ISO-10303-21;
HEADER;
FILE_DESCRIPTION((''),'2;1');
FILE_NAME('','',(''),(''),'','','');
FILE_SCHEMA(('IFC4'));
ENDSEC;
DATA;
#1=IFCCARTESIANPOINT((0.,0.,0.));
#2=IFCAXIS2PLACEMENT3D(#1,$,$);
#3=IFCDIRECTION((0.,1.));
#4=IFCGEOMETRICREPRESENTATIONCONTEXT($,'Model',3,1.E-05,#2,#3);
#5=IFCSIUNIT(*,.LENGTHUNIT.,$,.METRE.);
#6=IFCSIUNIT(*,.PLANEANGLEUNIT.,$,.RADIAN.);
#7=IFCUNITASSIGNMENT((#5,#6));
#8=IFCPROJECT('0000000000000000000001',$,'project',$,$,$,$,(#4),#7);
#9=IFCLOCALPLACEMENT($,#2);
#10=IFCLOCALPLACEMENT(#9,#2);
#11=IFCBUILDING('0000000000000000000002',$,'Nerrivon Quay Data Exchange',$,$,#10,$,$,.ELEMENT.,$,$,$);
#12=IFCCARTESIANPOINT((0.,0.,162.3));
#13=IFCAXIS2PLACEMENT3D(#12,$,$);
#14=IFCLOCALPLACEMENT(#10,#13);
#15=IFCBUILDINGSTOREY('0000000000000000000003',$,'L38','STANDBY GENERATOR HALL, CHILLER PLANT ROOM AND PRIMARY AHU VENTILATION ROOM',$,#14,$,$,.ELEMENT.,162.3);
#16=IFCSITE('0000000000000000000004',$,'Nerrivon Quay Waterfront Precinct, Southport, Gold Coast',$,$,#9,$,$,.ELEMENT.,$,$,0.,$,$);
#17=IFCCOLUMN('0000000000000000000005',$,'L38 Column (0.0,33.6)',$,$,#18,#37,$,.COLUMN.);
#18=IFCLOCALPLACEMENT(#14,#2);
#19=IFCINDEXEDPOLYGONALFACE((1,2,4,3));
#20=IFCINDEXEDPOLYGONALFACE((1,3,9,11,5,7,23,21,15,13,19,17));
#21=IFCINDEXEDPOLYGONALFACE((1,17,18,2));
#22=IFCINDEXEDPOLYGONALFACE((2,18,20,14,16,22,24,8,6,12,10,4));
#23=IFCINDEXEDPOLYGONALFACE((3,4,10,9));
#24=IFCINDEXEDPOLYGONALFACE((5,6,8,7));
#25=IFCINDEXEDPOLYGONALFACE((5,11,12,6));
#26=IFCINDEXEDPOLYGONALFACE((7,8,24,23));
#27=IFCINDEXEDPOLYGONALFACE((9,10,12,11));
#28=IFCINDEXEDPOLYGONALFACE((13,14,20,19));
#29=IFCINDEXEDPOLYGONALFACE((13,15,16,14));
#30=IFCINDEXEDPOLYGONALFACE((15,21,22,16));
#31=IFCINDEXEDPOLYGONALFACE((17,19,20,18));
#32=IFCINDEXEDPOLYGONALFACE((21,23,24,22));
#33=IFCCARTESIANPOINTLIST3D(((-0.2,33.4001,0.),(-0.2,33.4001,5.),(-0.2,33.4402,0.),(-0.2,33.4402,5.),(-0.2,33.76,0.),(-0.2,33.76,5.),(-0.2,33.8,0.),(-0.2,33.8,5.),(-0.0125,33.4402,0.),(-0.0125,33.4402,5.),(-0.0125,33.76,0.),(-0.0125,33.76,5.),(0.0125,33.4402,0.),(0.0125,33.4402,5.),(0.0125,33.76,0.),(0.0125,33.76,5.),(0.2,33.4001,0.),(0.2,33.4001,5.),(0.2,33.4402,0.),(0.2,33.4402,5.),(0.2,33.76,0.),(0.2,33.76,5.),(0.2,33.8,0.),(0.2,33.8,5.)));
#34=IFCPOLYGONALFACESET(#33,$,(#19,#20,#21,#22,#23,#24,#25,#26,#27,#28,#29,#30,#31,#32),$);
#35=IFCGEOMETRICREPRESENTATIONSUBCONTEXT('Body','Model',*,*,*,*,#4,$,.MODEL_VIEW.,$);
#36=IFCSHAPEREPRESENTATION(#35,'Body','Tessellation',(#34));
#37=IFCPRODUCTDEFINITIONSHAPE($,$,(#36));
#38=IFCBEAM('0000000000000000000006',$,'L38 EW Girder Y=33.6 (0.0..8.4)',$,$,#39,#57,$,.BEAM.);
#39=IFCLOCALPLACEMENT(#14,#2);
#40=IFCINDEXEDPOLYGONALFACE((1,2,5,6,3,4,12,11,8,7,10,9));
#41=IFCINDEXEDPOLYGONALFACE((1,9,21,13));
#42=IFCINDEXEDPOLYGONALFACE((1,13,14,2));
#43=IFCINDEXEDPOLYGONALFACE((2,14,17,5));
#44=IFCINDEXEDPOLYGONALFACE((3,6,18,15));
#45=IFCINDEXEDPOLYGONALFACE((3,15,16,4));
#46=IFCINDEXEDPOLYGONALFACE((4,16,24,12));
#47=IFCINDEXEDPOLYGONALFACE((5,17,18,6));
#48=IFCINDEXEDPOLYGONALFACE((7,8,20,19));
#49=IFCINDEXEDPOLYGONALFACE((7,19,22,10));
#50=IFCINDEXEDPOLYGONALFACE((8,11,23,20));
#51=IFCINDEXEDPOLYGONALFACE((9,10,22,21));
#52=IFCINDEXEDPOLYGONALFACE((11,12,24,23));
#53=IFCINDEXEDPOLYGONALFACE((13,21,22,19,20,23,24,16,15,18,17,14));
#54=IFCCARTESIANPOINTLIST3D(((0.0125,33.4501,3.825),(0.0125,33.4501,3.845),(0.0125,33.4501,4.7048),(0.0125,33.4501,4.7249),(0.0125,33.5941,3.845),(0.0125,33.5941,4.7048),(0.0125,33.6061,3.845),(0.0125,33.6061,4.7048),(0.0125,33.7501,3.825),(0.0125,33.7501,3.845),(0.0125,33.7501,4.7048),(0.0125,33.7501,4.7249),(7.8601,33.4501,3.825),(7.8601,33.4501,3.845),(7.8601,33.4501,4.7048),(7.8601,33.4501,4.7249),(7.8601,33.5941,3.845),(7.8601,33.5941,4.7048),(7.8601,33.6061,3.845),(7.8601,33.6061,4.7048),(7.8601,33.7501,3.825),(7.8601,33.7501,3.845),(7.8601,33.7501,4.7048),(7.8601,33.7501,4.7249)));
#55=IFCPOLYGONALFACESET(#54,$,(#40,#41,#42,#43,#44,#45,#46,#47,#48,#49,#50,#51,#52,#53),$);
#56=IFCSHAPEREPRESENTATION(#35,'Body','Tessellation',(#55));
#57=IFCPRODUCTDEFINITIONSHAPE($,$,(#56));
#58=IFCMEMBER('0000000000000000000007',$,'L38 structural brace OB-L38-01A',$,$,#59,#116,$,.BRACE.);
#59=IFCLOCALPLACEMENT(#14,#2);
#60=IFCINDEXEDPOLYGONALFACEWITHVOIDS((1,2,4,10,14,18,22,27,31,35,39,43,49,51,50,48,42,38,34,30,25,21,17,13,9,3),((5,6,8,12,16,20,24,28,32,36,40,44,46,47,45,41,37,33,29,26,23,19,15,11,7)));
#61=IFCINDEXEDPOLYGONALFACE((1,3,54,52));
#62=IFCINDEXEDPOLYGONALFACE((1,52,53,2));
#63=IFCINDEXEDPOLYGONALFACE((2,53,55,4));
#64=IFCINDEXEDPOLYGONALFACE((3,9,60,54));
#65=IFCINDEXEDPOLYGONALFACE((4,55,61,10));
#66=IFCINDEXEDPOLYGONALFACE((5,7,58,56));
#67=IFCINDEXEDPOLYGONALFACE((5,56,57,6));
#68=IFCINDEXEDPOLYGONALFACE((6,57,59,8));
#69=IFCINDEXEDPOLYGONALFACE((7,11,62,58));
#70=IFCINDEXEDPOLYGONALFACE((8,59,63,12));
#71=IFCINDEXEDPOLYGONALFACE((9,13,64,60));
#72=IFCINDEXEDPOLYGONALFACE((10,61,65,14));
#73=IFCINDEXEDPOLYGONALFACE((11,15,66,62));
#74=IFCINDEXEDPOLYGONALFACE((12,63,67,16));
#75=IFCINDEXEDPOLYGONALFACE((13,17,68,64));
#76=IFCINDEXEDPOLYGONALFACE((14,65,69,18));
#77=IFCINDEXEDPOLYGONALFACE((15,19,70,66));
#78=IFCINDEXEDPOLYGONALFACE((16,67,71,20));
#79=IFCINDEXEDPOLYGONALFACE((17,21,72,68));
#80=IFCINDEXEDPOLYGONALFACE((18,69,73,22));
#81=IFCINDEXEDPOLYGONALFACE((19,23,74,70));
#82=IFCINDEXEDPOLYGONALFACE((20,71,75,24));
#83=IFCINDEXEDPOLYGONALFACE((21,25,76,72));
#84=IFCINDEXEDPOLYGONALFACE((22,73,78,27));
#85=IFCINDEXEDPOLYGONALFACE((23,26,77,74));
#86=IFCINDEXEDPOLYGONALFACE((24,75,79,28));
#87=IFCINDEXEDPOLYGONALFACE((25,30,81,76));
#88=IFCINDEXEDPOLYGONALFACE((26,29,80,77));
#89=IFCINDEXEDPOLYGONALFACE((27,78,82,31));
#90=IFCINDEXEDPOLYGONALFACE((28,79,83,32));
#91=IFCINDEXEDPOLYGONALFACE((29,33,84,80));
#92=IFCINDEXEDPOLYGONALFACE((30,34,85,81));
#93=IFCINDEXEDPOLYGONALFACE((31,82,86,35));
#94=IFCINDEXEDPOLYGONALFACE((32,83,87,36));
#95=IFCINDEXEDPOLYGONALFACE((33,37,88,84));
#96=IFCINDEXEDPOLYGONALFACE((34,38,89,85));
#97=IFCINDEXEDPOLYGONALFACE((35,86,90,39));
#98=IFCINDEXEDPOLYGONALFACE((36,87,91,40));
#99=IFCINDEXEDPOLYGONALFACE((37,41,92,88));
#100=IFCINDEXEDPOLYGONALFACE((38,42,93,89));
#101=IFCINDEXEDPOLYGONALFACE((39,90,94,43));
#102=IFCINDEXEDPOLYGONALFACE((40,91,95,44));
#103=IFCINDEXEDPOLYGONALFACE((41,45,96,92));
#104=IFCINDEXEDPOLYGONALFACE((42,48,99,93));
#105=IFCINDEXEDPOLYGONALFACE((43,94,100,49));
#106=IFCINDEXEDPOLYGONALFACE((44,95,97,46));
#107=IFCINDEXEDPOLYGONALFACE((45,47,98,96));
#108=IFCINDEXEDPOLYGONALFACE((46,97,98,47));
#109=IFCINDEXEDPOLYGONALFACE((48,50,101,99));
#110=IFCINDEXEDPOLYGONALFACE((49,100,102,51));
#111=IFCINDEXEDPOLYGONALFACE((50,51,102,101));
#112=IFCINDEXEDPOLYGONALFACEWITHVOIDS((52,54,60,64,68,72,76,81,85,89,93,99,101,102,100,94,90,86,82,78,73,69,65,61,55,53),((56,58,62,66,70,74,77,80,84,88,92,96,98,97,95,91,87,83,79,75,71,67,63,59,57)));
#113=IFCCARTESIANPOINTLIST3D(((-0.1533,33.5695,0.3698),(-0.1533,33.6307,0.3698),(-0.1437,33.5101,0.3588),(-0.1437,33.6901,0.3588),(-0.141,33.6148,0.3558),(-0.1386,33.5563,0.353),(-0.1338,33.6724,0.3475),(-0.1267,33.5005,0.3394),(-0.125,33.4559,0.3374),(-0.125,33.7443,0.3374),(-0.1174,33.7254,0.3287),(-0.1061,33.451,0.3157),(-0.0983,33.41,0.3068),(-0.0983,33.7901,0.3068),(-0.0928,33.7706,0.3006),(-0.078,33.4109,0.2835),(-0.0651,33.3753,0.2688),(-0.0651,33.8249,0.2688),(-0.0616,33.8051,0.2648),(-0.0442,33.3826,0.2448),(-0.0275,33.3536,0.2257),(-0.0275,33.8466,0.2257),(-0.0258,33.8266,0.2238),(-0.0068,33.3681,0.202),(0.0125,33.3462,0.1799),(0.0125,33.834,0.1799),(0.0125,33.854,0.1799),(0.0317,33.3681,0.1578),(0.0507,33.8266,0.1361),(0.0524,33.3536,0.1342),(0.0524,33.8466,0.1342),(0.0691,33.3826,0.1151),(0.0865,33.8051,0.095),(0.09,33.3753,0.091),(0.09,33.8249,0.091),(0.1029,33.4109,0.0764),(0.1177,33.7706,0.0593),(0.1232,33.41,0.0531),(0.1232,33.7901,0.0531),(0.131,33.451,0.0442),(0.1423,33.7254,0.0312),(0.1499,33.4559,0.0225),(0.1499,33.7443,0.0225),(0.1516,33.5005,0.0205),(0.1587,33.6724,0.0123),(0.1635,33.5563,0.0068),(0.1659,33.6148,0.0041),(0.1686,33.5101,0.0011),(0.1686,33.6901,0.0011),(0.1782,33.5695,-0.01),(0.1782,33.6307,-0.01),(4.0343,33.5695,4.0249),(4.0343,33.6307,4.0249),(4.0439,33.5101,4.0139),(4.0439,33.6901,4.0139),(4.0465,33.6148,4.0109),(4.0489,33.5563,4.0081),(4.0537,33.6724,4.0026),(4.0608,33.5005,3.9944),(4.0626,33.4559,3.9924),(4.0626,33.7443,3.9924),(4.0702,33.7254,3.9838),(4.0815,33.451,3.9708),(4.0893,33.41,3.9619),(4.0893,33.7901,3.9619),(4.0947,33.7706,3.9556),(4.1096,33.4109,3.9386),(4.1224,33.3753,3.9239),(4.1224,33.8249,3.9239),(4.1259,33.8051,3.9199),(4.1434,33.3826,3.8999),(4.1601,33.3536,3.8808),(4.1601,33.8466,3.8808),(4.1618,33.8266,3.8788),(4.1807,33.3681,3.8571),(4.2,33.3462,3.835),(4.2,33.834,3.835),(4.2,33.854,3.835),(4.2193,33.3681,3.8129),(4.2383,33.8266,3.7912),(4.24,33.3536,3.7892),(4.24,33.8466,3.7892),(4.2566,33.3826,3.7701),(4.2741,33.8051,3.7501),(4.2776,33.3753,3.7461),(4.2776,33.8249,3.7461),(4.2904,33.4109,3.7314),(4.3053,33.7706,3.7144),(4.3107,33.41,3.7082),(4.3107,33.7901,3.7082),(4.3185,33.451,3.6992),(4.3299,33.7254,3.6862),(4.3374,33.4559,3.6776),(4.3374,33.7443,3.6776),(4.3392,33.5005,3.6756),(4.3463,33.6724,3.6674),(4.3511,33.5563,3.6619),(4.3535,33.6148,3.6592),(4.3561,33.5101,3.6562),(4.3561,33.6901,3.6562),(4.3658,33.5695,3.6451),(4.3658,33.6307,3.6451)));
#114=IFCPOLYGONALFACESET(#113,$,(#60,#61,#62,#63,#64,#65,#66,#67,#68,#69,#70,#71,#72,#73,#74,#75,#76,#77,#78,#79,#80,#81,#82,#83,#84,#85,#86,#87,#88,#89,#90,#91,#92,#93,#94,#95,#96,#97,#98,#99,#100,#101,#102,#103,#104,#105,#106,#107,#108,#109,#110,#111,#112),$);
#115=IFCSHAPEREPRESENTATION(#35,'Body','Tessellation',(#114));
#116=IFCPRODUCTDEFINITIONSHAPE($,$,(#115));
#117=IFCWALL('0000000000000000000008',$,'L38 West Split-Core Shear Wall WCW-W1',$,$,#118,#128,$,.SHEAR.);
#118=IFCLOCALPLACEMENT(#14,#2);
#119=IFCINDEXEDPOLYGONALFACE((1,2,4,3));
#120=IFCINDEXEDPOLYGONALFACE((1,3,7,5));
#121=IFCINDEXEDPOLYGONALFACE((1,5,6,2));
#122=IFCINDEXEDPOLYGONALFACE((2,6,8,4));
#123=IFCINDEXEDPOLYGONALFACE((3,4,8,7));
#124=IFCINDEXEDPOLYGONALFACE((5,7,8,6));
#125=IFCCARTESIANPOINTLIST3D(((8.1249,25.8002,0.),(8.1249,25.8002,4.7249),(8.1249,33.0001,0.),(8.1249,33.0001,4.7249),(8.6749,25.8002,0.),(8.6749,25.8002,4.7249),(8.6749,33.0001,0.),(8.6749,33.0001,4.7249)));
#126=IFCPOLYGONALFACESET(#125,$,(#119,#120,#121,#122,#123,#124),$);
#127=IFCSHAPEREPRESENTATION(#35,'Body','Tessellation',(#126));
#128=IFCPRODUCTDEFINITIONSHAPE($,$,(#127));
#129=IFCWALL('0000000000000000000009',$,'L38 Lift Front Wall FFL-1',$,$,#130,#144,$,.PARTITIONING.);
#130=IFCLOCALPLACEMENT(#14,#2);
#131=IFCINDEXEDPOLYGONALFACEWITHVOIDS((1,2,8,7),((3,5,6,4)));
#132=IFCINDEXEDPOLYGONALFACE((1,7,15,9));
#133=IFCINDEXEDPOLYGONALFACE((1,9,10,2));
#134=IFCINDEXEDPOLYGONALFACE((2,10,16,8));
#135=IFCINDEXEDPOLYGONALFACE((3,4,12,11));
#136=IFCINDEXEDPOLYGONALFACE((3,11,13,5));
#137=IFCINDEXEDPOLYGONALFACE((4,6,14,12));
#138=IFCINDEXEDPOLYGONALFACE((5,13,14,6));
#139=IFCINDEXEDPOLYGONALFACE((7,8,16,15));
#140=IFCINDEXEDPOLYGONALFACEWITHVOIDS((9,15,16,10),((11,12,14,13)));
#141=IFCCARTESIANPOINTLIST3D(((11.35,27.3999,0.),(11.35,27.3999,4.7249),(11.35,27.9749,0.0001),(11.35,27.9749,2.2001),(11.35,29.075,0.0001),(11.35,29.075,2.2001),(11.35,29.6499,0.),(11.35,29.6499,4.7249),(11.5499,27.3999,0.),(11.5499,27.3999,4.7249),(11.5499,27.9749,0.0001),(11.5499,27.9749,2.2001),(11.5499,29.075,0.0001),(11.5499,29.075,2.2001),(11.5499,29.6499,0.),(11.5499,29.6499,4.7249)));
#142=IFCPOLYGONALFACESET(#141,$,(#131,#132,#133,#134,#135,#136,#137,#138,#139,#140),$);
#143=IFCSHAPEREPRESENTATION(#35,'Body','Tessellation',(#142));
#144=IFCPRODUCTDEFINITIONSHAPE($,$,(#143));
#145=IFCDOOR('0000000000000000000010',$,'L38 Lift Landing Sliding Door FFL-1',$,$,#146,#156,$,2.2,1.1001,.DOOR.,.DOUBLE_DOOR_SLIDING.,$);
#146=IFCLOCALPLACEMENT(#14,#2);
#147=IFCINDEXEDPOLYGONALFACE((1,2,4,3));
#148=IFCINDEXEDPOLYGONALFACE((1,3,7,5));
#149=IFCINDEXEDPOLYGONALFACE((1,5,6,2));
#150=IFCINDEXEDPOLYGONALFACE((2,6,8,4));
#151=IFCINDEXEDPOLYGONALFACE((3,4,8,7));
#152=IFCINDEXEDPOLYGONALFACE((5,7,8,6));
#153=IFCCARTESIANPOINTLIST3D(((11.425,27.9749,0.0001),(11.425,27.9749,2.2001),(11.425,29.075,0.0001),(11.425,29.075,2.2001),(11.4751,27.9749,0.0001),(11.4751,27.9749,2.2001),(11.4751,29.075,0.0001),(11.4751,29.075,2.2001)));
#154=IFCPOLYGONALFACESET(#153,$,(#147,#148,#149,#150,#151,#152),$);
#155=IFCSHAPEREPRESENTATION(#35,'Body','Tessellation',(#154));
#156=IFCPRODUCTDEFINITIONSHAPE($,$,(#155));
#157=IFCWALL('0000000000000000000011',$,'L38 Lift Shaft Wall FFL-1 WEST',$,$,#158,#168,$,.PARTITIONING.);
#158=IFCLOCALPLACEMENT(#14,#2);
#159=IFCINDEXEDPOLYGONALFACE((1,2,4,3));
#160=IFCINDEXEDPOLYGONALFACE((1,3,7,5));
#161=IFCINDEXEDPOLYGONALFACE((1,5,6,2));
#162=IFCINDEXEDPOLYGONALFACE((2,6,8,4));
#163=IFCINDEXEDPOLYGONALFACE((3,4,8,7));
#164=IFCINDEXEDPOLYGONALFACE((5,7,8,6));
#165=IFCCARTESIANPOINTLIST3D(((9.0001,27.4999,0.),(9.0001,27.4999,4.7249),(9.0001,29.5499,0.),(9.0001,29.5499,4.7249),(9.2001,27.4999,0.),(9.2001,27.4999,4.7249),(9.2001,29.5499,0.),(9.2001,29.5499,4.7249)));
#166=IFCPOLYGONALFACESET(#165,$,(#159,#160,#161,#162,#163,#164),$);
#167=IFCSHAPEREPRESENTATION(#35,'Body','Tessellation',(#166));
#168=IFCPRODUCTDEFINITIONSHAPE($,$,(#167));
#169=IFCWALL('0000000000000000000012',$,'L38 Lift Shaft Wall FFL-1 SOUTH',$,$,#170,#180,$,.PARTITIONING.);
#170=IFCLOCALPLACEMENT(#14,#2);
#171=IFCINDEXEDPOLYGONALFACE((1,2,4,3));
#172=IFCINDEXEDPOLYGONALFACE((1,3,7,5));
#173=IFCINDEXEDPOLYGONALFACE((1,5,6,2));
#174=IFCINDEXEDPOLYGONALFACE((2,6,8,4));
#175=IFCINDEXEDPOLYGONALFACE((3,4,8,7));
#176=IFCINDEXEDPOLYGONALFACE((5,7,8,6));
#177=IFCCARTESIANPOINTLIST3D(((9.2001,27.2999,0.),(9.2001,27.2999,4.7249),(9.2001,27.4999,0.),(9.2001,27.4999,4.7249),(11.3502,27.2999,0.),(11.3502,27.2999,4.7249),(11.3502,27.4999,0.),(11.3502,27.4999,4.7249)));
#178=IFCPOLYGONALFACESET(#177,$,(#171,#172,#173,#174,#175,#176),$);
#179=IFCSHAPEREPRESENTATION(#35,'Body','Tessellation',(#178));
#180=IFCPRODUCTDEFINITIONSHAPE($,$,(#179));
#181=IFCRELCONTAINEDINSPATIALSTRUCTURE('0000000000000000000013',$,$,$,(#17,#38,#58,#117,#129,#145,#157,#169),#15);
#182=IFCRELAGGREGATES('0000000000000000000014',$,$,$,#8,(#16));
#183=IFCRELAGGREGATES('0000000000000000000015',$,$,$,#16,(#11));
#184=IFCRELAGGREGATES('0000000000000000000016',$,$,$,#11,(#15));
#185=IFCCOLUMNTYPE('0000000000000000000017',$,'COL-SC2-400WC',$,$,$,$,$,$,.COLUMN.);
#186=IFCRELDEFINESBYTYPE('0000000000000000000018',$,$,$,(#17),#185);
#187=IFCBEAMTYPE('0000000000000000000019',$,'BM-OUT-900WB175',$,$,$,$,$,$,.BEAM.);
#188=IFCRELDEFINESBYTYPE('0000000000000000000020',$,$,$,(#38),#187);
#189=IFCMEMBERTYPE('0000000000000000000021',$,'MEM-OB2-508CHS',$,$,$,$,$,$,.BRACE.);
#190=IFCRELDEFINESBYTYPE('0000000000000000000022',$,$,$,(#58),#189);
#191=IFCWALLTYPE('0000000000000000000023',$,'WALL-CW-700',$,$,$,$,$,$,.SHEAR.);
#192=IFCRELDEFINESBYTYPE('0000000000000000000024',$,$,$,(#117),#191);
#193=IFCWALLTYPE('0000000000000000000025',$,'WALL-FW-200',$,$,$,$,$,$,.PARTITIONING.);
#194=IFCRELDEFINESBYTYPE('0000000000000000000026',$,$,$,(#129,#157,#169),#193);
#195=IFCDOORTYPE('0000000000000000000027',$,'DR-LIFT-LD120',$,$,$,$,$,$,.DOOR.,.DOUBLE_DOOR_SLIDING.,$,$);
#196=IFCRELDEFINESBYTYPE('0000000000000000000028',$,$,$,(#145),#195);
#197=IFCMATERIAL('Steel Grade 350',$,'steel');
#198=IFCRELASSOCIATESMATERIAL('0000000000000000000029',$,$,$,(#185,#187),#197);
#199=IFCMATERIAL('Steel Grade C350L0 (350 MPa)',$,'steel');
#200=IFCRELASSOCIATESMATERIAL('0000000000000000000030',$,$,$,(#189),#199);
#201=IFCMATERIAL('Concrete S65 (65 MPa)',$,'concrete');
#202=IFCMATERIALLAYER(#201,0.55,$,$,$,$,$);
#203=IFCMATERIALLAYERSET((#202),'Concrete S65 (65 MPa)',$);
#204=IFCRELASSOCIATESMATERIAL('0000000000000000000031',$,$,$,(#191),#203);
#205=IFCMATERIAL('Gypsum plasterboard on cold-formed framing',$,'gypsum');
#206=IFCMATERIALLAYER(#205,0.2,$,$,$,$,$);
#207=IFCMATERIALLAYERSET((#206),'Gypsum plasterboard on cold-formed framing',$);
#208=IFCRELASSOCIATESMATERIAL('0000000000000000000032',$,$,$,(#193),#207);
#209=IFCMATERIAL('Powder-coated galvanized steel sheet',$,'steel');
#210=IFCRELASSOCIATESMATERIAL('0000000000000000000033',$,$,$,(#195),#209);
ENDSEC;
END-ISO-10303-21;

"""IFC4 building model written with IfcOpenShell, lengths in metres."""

from ifc_helpers import new_model, si_unit, direction, frame, frame_2d, origin, origin_2d, place, context, subcontext, project, spatial, rectangle, hollow_circle, i_section, extrude, material, layer, layer_set, material_profile, profile_set, type_object, element, fill, save


model = new_model("IFC4")

# Units and contexts
model_context = context("Model", 3, precision=1e-05, world=origin(), true_north=direction((0.0, 1.0)))
body_context = subcontext(model_context, "Body", "Model", "MODEL_VIEW")
ifc_project = project(units=[si_unit("LENGTHUNIT", "METRE"), si_unit("PLANEANGLEUNIT", "RADIAN")], contexts=[model_context])

# Site, building, storey
site_placement = place(None, origin())
site = spatial("IfcSite", under=ifc_project, at=site_placement, Name="Nerrivon Quay Waterfront Precinct, Southport, Gold Coast", CompositionType="ELEMENT", RefElevation=0.0)
building_placement = place(site_placement, origin())
building = spatial("IfcBuilding", under=site, at=building_placement, Name="Nerrivon Quay Data Exchange", CompositionType="ELEMENT")
storey_placement = place(building_placement, frame((0.0, 0.0, 162.3)))
storey = spatial("IfcBuildingStorey", under=building, at=storey_placement, Name="L38", Description="STANDBY GENERATOR HALL, CHILLER PLANT ROOM AND PRIMARY AHU VENTILATION ROOM", CompositionType="ELEMENT", Elevation=162.3)

# Column
ifc_material_1 = material(Name="Steel Grade 350", Category="steel")
ifc_material_profile_1 = material_profile(ifc_material_1, i_section(OverallWidth=0.3999, OverallDepth=0.3999, WebThickness=0.0249, FlangeThickness=0.04, at=origin_2d()), Name="400WC328")
ifc_profile_set_1 = profile_set([ifc_material_profile_1], Name="Steel Grade 350")
column_type = type_object("IfcColumnType", Name="COL-SC2-400WC", PredefinedType="COLUMN", material=ifc_profile_set_1)
column_placement = place(storey_placement, frame((0.0, 33.6001, 0.0), z_axis=(0.0, 0.0, 1.0), x_axis=(1.0, 0.0, 0.0)))
element("IfcColumn", 1, at=column_placement, inside=storey, type_object=column_type, Name="L38 Column (0.0,33.6)", PredefinedType="COLUMN", context=body_context, shape_type="SweptSolid", body=[
    extrude(i_section(OverallWidth=0.3999, OverallDepth=0.3999, WebThickness=0.0249, FlangeThickness=0.04, at=origin_2d()), origin(), (0.0, 0.0, 1.0), 5.0),
])

# Beam
ifc_material_profile_2 = material_profile(ifc_material_1, i_section(OverallWidth=0.3, OverallDepth=0.8999, WebThickness=0.012, FlangeThickness=0.02, at=origin_2d()), Name="900WB175")
ifc_profile_set_2 = profile_set([ifc_material_profile_2], Name="Steel Grade 350")
beam_type = type_object("IfcBeamType", Name="BM-OUT-900WB175", PredefinedType="BEAM", material=ifc_profile_set_2)
beam_placement = place(storey_placement, frame((0.0125, 33.6001, 4.2749), z_axis=(1.0, 0.0, 0.0), x_axis=(0.0, 1.0, 0.0)))
element("IfcBeam", 2, at=beam_placement, inside=storey, type_object=beam_type, Name="L38 EW Girder Y=33.6 (0.0..8.4)", PredefinedType="BEAM", context=body_context, shape_type="SweptSolid", body=[
    extrude(i_section(OverallWidth=0.3, OverallDepth=0.8999, WebThickness=0.012, FlangeThickness=0.02, at=origin_2d()), origin(), (0.0, 0.0, 1.0), 7.8477),
])

# Member
ifc_material_2 = material(Name="Steel Grade C350L0 (350 MPa)", Category="steel")
ifc_material_profile_3 = material_profile(ifc_material_2, hollow_circle(Radius=0.2539, WallThickness=0.02, at=origin_2d()), Name="508.0x20.0CHS")
ifc_profile_set_3 = profile_set([ifc_material_profile_3], Name="Steel Grade C350L0 (350 MPa)")
member_type = type_object("IfcMemberType", Name="MEM-OB2-508CHS", PredefinedType="BRACE", material=ifc_profile_set_3)
member_placement = place(storey_placement, frame((0.0125, 33.6001, 0.1799), z_axis=(0.753382, 0.0, 0.657584), x_axis=(0.0, 1.0, 0.0)))
element("IfcMember", 3, at=member_placement, inside=storey, type_object=member_type, Name="L38 structural brace OB-L38-01A", PredefinedType="BRACE", context=body_context, shape_type="SweptSolid", body=[
    extrude(hollow_circle(Radius=0.2539, WallThickness=0.02, at=origin_2d()), origin(), (0.0, 0.0, 1.0), 5.5583),
])

# Wall
ifc_material_3 = material(Name="Concrete S65 (65 MPa)", Category="concrete")
ifc_layer_1 = layer(ifc_material_3, 0.55)
ifc_layer_set_1 = layer_set([ifc_layer_1], Name="Concrete S65 (65 MPa)")
wall_type_1 = type_object("IfcWallType", Name="WALL-CW-700", PredefinedType="SHEAR", material=ifc_layer_set_1)
wall_1_placement = place(storey_placement, frame((8.3999, 25.8, 0.0), z_axis=(0.0, 0.0, 1.0), x_axis=(0.0, 1.0, 0.0)))
element("IfcWall", 4, at=wall_1_placement, inside=storey, type_object=wall_type_1, Name="L38 West Split-Core Shear Wall WCW-W1", PredefinedType="SHEAR", context=body_context, shape_type="SweptSolid", body=[
    extrude(rectangle(XDim=7.2, YDim=0.55, at=frame_2d((3.6001, 0.0))), origin(), (0.0, 0.0, 1.0), 4.7249),
])

# Wall, opening, door
ifc_material_4 = material(Name="Gypsum plasterboard on cold-formed framing", Category="gypsum")
ifc_layer_2 = layer(ifc_material_4, 0.2)
ifc_layer_set_2 = layer_set([ifc_layer_2], Name="Gypsum plasterboard on cold-formed framing")
wall_type_2 = type_object("IfcWallType", Name="WALL-FW-200", PredefinedType="PARTITIONING", material=ifc_layer_set_2)
wall_2_placement = place(storey_placement, frame((11.45, 27.3999, 0.0), z_axis=(0.0, 0.0, 1.0), x_axis=(0.0, 1.0, 0.0)))
wall_2 = element("IfcWall", 5, at=wall_2_placement, inside=storey, type_object=wall_type_2, Name="L38 Lift Front Wall FFL-1", PredefinedType="PARTITIONING", context=body_context, shape_type="SweptSolid", body=[
    extrude(rectangle(XDim=2.25, YDim=0.2, at=frame_2d((1.125, 0.0))), origin(), (0.0, 0.0, 1.0), 4.7249),
])
opening_1_placement = place(wall_2_placement, frame((0.575, 0.0, 0.0)))
opening_1 = element("IfcOpeningElement", 6, at=opening_1_placement, cuts=wall_2, PredefinedType="OPENING", context=body_context, shape_type="SweptSolid", body=[
    extrude(rectangle(XDim=1.1001, YDim=2.2, at=frame_2d((0.55, 1.1001))), frame((0.0, 0.1099, 0.0), z_axis=(0.0, -1.0, 0.0), x_axis=(1.0, 0.0, 0.0)), (0.0, 0.0, 1.0), 0.22),
])
ifc_material_5 = material(Name="Powder-coated galvanized steel sheet", Category="steel")
door_type_1 = type_object("IfcDoorType", Name="DR-LIFT-LD120", OperationType="DOUBLE_DOOR_SLIDING", PredefinedType="DOOR", material=ifc_material_5)
door_1_placement = place(opening_1_placement, origin())
door_1 = element("IfcDoor", 7, at=door_1_placement, inside=storey, type_object=door_type_1, Name="L38 Lift Landing Sliding Door FFL-1", OperationType="DOUBLE_DOOR_SLIDING", OverallHeight=2.2, OverallWidth=1.1001, PredefinedType="DOOR", context=body_context, shape_type="SweptSolid", body=[
    extrude(rectangle(XDim=1.1001, YDim=2.2, at=frame_2d((0.55, 1.1001))), frame((0.0, 0.0249, 0.0), z_axis=(0.0, -1.0, 0.0), x_axis=(1.0, 0.0, 0.0)), (0.0, 0.0, 1.0), 0.05),
])
fill(opening_1, door_1)

# Walls
wall_3_placement = place(storey_placement, frame((9.1001, 27.5, 0.0), z_axis=(0.0, 0.0, 1.0), x_axis=(0.0, 1.0, 0.0)))
element("IfcWall", 8, at=wall_3_placement, inside=storey, type_object=wall_type_2, Name="L38 Lift Shaft Wall FFL-1 WEST", PredefinedType="PARTITIONING", context=body_context, shape_type="SweptSolid", body=[
    extrude(rectangle(XDim=2.05, YDim=0.2, at=frame_2d((1.0249, 0.0))), origin(), (0.0, 0.0, 1.0), 4.7249),
])
wall_4_placement = place(storey_placement, frame((9.2, 27.3999, 0.0), z_axis=(0.0, 0.0, 1.0), x_axis=(1.0, 0.0, 0.0)))
element("IfcWall", 9, at=wall_4_placement, inside=storey, type_object=wall_type_2, Name="L38 Lift Shaft Wall FFL-1 SOUTH", PredefinedType="PARTITIONING", context=body_context, shape_type="SweptSolid", body=[
    extrude(rectangle(XDim=2.1501, YDim=0.2, at=frame_2d((1.0752, 0.0))), origin(), (0.0, 0.0, 1.0), 4.7249),
])

save(model, "model.ifc")
